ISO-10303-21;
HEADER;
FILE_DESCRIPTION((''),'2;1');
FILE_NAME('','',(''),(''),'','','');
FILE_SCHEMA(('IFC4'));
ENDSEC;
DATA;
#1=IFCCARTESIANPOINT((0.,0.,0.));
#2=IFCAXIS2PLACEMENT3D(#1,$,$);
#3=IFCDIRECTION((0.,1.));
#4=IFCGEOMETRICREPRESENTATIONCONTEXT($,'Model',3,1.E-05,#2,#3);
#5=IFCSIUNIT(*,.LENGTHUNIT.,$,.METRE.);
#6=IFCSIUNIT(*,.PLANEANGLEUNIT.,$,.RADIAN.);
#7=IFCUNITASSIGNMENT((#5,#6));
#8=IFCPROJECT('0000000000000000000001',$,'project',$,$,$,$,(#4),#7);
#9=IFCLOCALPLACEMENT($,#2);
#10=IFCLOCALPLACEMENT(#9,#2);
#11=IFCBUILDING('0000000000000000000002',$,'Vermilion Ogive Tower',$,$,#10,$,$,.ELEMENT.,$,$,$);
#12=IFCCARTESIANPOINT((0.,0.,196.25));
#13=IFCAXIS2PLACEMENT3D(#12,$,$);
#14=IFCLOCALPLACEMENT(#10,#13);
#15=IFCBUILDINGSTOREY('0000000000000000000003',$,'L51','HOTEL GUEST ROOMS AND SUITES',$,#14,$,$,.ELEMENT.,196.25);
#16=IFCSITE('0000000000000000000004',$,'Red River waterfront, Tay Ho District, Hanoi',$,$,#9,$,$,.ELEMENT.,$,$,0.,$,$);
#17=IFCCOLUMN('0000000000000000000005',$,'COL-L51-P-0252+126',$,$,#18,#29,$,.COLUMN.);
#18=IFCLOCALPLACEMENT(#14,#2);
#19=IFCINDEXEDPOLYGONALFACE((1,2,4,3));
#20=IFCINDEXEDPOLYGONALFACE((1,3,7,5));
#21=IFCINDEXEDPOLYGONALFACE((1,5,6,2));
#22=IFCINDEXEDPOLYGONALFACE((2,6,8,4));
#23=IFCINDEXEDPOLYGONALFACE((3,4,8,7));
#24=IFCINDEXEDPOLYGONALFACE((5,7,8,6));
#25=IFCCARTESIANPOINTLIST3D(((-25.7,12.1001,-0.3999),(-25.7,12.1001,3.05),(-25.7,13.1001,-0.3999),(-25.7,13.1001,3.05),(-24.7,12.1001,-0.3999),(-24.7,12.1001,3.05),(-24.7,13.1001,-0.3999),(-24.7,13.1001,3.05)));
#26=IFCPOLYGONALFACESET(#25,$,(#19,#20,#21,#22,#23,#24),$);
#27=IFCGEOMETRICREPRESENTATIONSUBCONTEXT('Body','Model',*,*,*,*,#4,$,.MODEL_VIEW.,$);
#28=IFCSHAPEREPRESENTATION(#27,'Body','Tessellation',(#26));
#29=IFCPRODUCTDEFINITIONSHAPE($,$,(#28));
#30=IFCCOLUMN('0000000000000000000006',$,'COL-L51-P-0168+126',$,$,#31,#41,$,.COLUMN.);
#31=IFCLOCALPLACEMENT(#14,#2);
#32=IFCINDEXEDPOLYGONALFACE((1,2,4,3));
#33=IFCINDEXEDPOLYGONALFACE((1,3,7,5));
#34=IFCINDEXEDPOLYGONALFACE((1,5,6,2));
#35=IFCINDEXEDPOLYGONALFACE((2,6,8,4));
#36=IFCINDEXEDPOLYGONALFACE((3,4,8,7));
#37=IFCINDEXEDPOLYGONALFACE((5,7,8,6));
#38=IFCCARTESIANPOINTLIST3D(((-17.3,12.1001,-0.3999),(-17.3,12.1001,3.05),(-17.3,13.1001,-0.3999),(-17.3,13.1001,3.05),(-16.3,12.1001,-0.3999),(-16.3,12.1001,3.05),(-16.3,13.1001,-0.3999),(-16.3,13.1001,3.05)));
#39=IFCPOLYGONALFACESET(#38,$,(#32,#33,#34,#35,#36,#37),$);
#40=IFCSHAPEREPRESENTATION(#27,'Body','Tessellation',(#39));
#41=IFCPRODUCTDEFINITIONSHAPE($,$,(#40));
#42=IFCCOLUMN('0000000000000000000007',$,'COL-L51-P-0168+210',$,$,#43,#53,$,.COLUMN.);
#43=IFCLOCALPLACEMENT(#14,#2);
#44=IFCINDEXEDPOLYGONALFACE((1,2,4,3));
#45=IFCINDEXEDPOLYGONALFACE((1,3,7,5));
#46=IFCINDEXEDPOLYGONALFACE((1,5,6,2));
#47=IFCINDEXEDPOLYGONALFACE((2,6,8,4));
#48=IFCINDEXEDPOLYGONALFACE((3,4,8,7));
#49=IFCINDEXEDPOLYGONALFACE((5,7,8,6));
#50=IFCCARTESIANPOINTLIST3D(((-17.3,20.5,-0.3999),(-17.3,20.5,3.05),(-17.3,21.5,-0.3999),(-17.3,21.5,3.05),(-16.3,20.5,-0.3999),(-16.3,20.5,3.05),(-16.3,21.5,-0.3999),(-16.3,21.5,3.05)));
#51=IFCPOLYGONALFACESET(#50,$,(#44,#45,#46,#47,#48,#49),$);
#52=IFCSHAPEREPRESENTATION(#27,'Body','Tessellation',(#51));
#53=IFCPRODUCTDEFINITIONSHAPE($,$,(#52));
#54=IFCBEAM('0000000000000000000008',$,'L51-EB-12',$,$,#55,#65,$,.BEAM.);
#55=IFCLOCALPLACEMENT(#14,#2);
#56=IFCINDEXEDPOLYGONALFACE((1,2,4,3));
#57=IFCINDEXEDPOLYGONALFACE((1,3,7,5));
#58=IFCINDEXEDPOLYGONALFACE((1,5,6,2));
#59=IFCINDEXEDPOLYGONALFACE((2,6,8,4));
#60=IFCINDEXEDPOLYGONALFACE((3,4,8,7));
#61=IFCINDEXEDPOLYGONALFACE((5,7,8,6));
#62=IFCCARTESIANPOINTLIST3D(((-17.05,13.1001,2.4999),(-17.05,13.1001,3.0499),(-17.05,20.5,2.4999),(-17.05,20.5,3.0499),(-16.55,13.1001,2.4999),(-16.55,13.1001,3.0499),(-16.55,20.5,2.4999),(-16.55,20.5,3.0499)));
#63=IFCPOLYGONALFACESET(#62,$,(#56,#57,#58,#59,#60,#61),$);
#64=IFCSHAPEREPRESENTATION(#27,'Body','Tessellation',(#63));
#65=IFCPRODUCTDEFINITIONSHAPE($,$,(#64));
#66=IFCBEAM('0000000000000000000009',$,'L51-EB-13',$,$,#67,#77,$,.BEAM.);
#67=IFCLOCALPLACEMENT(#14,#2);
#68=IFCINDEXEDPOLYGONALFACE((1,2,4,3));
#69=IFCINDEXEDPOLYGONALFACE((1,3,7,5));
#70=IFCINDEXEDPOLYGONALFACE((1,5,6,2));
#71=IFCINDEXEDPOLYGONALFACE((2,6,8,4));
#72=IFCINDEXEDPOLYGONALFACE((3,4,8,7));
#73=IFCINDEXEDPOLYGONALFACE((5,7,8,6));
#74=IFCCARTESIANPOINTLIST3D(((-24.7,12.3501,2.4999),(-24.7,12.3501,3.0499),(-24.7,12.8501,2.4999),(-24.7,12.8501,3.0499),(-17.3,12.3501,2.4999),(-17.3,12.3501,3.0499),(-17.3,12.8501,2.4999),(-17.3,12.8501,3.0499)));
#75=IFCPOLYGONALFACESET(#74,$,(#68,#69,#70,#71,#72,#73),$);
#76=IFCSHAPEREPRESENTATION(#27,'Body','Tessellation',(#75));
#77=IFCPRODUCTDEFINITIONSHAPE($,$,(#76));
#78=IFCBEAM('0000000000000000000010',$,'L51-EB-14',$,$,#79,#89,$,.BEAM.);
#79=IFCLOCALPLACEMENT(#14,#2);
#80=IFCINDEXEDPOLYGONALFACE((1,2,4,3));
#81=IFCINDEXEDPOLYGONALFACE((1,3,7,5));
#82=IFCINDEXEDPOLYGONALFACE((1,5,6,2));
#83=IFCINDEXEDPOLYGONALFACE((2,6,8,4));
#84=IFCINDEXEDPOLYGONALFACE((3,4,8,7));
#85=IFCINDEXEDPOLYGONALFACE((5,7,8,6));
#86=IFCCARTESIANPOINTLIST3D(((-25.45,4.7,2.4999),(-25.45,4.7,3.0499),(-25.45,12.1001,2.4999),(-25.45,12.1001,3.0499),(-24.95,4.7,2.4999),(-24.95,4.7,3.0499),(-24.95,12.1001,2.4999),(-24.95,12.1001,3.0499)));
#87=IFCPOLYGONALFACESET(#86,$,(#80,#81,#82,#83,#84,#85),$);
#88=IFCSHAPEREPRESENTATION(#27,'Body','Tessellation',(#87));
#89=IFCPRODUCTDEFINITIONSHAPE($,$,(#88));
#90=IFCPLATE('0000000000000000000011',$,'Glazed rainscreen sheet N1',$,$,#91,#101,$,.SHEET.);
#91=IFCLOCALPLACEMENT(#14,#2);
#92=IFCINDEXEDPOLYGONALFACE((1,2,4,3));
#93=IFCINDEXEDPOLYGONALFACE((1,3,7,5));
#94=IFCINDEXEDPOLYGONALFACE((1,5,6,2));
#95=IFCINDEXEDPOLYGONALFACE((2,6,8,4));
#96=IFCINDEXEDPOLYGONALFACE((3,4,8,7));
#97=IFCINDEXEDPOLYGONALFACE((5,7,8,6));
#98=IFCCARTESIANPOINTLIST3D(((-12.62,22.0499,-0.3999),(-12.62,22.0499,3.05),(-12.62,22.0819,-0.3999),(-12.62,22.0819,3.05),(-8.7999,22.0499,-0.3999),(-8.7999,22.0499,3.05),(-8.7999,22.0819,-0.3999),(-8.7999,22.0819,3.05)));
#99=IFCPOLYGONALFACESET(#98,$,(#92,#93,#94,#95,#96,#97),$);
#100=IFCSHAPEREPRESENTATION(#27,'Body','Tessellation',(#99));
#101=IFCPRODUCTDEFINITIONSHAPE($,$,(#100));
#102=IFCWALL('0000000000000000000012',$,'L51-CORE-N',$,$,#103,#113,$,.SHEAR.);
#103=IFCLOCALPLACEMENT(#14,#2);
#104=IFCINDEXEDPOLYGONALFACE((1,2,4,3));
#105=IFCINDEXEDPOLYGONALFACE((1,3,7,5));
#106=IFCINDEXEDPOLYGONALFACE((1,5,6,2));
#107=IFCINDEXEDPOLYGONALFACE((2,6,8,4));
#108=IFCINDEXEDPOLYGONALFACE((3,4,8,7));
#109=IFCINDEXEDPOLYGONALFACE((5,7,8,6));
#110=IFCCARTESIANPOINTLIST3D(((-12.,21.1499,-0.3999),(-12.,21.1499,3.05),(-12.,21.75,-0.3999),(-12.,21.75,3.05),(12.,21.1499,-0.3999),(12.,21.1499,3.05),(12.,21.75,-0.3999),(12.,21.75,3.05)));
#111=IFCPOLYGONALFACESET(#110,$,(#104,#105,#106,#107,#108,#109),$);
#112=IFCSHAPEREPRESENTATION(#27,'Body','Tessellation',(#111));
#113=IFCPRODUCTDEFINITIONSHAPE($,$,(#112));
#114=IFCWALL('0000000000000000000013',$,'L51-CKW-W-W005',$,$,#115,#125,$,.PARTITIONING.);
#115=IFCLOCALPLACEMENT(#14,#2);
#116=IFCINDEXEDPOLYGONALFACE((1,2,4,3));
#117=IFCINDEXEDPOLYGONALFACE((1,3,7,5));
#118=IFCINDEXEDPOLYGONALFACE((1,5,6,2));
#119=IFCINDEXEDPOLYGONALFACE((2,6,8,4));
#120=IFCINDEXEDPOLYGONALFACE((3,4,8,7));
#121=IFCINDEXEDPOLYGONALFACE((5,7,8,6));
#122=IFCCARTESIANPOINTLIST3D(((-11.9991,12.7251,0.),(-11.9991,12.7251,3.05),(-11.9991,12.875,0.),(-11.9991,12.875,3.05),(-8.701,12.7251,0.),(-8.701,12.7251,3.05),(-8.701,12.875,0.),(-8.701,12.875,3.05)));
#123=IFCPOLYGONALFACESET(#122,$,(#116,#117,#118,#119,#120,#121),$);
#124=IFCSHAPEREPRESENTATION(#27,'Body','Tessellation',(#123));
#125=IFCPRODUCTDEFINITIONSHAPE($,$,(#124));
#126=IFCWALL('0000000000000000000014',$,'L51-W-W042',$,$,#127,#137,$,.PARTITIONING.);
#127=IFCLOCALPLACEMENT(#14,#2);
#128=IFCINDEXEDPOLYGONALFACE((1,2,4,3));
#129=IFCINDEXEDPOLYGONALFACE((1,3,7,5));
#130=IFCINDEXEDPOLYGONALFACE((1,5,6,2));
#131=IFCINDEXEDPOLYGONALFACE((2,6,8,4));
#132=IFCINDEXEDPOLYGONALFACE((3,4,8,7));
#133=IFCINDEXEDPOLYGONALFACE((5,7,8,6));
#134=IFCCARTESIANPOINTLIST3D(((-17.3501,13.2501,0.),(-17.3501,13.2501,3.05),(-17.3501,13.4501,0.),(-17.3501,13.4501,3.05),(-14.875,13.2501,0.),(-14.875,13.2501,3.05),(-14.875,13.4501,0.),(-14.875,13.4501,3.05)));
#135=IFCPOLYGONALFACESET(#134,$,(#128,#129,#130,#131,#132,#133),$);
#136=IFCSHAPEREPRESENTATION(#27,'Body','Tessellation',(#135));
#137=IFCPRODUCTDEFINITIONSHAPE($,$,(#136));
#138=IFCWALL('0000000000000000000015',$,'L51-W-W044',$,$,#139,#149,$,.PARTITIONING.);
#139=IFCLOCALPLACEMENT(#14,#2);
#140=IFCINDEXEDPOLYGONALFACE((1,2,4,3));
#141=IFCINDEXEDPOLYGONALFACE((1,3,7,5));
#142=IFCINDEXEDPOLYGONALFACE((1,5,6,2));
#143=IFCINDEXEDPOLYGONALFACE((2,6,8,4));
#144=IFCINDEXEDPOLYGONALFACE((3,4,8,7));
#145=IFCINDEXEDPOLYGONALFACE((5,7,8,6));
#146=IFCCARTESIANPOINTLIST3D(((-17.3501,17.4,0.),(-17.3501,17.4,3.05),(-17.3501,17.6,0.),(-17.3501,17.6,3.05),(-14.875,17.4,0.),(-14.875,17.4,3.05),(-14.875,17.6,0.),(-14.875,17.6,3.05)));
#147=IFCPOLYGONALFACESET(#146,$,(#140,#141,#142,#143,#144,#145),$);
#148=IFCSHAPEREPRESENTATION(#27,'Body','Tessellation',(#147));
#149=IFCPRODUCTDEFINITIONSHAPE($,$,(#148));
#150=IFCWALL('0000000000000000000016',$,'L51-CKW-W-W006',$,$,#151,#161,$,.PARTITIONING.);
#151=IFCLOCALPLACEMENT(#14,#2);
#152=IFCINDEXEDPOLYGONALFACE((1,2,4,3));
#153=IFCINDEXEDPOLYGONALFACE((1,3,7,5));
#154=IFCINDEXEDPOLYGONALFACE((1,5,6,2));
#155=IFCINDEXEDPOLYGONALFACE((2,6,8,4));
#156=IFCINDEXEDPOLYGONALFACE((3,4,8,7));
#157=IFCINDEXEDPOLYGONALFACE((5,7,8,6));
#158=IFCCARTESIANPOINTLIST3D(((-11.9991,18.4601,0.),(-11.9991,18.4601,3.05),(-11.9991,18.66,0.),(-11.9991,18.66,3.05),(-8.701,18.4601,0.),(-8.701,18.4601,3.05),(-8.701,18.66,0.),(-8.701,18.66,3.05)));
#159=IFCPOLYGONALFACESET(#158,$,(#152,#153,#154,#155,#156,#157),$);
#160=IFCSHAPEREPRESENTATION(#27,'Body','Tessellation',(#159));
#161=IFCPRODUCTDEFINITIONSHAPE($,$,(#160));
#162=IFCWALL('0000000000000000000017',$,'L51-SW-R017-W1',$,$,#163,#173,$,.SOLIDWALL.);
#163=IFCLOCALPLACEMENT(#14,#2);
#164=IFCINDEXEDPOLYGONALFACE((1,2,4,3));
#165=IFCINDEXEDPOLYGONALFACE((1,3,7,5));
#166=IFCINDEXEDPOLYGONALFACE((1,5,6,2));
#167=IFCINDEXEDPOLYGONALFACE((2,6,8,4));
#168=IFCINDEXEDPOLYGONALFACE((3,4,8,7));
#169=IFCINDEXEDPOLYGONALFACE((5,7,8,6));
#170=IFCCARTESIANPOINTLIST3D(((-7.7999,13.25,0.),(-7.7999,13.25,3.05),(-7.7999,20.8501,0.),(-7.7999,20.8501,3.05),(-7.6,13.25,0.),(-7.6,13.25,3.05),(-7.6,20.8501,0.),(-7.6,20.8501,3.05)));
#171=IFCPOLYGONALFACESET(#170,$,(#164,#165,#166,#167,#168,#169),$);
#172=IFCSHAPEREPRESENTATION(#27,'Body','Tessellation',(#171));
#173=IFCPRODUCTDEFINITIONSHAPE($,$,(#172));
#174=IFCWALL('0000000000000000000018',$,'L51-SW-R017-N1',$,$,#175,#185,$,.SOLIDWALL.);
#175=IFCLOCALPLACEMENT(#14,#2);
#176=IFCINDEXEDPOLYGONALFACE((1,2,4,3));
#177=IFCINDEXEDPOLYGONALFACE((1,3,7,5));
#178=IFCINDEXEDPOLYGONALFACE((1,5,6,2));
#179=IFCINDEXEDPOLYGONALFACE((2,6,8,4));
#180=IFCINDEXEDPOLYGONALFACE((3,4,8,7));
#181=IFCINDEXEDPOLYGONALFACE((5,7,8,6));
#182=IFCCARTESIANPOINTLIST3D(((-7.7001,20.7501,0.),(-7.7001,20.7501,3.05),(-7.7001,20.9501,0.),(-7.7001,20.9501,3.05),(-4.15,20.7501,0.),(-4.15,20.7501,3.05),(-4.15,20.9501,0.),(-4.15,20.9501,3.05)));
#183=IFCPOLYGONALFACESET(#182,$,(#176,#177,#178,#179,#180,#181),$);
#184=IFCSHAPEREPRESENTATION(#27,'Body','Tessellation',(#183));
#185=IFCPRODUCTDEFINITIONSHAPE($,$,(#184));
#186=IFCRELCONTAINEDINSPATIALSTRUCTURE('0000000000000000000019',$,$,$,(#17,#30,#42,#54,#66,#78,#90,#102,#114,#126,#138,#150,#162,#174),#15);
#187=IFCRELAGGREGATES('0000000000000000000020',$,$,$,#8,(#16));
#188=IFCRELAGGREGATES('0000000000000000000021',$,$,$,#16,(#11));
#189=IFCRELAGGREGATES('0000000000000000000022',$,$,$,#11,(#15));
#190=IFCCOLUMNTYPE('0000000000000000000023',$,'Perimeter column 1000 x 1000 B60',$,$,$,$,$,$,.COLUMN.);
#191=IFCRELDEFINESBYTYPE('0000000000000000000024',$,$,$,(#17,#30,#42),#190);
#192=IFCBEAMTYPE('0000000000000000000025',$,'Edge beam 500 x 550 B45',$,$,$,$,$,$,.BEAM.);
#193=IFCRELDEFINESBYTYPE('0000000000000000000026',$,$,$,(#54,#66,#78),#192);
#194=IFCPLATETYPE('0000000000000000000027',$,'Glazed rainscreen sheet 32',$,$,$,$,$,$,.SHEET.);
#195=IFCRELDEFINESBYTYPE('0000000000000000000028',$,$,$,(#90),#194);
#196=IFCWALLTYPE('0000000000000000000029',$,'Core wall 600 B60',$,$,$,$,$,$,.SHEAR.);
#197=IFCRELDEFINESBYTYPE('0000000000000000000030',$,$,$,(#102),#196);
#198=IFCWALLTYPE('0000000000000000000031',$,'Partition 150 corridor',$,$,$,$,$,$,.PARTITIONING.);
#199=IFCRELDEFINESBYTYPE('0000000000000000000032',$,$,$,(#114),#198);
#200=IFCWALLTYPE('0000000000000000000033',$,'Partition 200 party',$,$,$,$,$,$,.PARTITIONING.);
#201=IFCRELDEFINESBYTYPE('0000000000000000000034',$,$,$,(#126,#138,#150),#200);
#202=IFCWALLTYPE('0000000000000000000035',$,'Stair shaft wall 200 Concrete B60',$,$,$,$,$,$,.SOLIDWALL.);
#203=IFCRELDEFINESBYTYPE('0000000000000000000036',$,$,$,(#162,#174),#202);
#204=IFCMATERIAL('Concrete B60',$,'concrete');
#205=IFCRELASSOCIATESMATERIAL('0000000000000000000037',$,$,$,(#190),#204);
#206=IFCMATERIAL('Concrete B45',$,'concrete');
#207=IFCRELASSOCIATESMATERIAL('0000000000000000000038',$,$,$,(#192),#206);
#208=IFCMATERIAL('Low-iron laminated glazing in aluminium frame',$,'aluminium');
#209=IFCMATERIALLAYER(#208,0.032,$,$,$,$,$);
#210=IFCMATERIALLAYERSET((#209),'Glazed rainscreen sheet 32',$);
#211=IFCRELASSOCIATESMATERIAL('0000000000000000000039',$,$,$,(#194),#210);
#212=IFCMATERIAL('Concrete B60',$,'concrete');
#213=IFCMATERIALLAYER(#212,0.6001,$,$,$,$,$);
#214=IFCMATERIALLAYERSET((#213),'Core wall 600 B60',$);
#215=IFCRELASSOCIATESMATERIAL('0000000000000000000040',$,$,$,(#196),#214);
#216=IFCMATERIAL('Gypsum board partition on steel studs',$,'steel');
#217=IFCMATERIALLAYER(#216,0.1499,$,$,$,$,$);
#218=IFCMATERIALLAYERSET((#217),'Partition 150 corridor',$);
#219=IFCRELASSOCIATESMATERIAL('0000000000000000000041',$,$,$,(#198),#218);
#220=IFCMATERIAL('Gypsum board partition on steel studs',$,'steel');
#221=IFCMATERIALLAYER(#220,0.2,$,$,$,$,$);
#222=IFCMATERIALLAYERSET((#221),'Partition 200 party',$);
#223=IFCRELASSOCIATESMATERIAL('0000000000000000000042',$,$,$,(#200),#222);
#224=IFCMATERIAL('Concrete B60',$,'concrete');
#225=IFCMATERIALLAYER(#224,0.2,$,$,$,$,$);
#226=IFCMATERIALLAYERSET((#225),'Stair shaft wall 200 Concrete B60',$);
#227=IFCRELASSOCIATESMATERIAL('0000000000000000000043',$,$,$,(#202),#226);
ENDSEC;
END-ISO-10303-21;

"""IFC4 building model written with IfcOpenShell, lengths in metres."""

from ifc_helpers import new_model, si_unit, direction, frame, frame_2d, origin, origin_2d, place, context, subcontext, project, spatial, rectangle, extrude, material, layer, layer_set, material_profile, profile_set, type_object, element, save


model = new_model("IFC4")

# Units and contexts
model_context = context("Model", 3, precision=1e-05, world=origin(), true_north=direction((0.0, 1.0)))
body_context = subcontext(model_context, "Body", "Model", "MODEL_VIEW")
ifc_project = project(units=[si_unit("LENGTHUNIT", "METRE"), si_unit("PLANEANGLEUNIT", "RADIAN")], contexts=[model_context])

# Site, building, storey
site_placement = place(None, origin())
site = spatial("IfcSite", under=ifc_project, at=site_placement, Name="Red River waterfront, Tay Ho District, Hanoi", CompositionType="ELEMENT", RefElevation=0.0)
building_placement = place(site_placement, origin())
building = spatial("IfcBuilding", under=site, at=building_placement, Name="Vermilion Ogive Tower", CompositionType="ELEMENT")
storey_placement = place(building_placement, frame((0.0, 0.0, 196.25)))
storey = spatial("IfcBuildingStorey", under=building, at=storey_placement, Name="L51", Description="HOTEL GUEST ROOMS AND SUITES", CompositionType="ELEMENT", Elevation=196.25)

# Columns
ifc_material_1 = material(Name="Concrete B60", Category="concrete")
ifc_material_profile_1 = material_profile(ifc_material_1, rectangle(XDim=1.0, YDim=1.0, at=origin_2d()), Name="1000 x 1000")
ifc_profile_set_1 = profile_set([ifc_material_profile_1], Name="Concrete B60")
column_type = type_object("IfcColumnType", Name="Perimeter column 1000 x 1000 B60", PredefinedType="COLUMN", material=ifc_profile_set_1)
for number, where, z_axis, x_axis, name in (
    (1, (-25.2, 12.6001, -0.3999), (0.0, 0.0, 1.0), (1.0, 0.0, 0.0), "COL-L51-P-0252+126"),
    (2, (-16.8, 12.6001, -0.3999), (0.0, 0.0, 1.0), (1.0, 0.0, 0.0), "COL-L51-P-0168+126"),
    (3, (-16.8, 21.0, -0.3999), (0.0, 0.0, 1.0), (1.0, 0.0, 0.0), "COL-L51-P-0168+210"),
):
    element("IfcColumn", number, at=place(storey_placement, frame(where, z_axis=z_axis, x_axis=x_axis)), inside=storey, type_object=column_type, Name=name, PredefinedType="COLUMN", context=body_context, shape_type="SweptSolid", body=[
        extrude(rectangle(XDim=1.0, YDim=1.0, at=origin_2d()), origin(), (0.0, 0.0, 1.0), 3.45),
    ])

# Beams
ifc_material_2 = material(Name="Concrete B45", Category="concrete")
ifc_material_profile_2 = material_profile(ifc_material_2, rectangle(XDim=0.5, YDim=0.55, at=origin_2d()), Name="500 x 550")
ifc_profile_set_2 = profile_set([ifc_material_profile_2], Name="Concrete B45")
beam_type = type_object("IfcBeamType", Name="Edge beam 500 x 550 B45", PredefinedType="BEAM", material=ifc_profile_set_2)
for number, where, z_axis, x_axis, name in (
    (4, (-16.8, 20.5, 2.7749), (0.0, -1.0, 0.0), (1.0, 0.0, 0.0), "L51-EB-12"),
    (5, (-17.3, 12.6001, 2.7749), (-1.0, 0.0, 0.0), (0.0, -1.0, 0.0), "L51-EB-13"),
):
    element("IfcBeam", number, at=place(storey_placement, frame(where, z_axis=z_axis, x_axis=x_axis)), inside=storey, type_object=beam_type, Name=name, PredefinedType="BEAM", context=body_context, shape_type="SweptSolid", body=[
        extrude(rectangle(XDim=0.5, YDim=0.55, at=origin_2d()), origin(), (0.0, 0.0, 1.0), 7.3999),
    ])
beam_placement = place(storey_placement, frame((-25.2, 12.1001, 2.7749), z_axis=(0.0, -1.0, 0.0), x_axis=(1.0, 0.0, 0.0)))
element("IfcBeam", 6, at=beam_placement, inside=storey, type_object=beam_type, Name="L51-EB-14", PredefinedType="BEAM", context=body_context, shape_type="SweptSolid", body=[
    extrude(rectangle(XDim=0.5, YDim=0.55, at=origin_2d()), origin(), (0.0, 0.0, 1.0), 7.4001),
])

# Plate
ifc_material_3 = material(Name="Low-iron laminated glazing in aluminium frame", Category="aluminium")
ifc_layer_1 = layer(ifc_material_3, 0.032)
ifc_layer_set_1 = layer_set([ifc_layer_1], Name="Glazed rainscreen sheet 32")
plate_type = type_object("IfcPlateType", Name="Glazed rainscreen sheet 32", PredefinedType="SHEET", material=ifc_layer_set_1)
plate_placement = place(storey_placement, frame((-10.71, 22.0659, -0.3999), z_axis=(0.0, 0.0, 1.0), x_axis=(1.0, 0.0, 0.0)))
element("IfcPlate", 7, at=plate_placement, inside=storey, type_object=plate_type, Name="Glazed rainscreen sheet N1", PredefinedType="SHEET", context=body_context, shape_type="SweptSolid", body=[
    extrude(rectangle(XDim=3.8201, YDim=0.032, at=origin_2d()), origin(), (0.0, 0.0, 1.0), 3.45),
])

# Walls
ifc_material_4 = material(Name="Concrete B60", Category="concrete")
ifc_layer_2 = layer(ifc_material_4, 0.6001)
ifc_layer_set_2 = layer_set([ifc_layer_2], Name="Core wall 600 B60")
wall_type_1 = type_object("IfcWallType", Name="Core wall 600 B60", PredefinedType="SHEAR", material=ifc_layer_set_2)
wall_1_placement = place(storey_placement, frame((-12.0, 21.45, -0.3999), z_axis=(0.0, 0.0, 1.0), x_axis=(1.0, 0.0, 0.0)))
element("IfcWall", 8, at=wall_1_placement, inside=storey, type_object=wall_type_1, Name="L51-CORE-N", PredefinedType="SHEAR", context=body_context, shape_type="SweptSolid", body=[
    extrude(rectangle(XDim=24.0, YDim=0.6001, at=frame_2d((12.0, 0.0))), origin(), (0.0, 0.0, 1.0), 3.45),
])
ifc_material_5 = material(Name="Gypsum board partition on steel studs", Category="steel")
ifc_layer_3 = layer(ifc_material_5, 0.1499)
ifc_layer_set_3 = layer_set([ifc_layer_3], Name="Partition 150 corridor")
wall_type_2 = type_object("IfcWallType", Name="Partition 150 corridor", PredefinedType="PARTITIONING", material=ifc_layer_set_3)
wall_2_placement = place(storey_placement, frame((-11.999, 12.8, 0.0), z_axis=(0.0, 0.0, 1.0), x_axis=(1.0, 0.0, 0.0)))
element("IfcWall", 9, at=wall_2_placement, inside=storey, type_object=wall_type_2, Name="L51-CKW-W-W005", PredefinedType="PARTITIONING", context=body_context, shape_type="SweptSolid", body=[
    extrude(rectangle(XDim=3.2981, YDim=0.1499, at=frame_2d((1.6489, 0.0))), origin(), (0.0, 0.0, 1.0), 3.05),
])
ifc_material_6 = material(Name="Gypsum board partition on steel studs", Category="steel")
ifc_layer_4 = layer(ifc_material_6, 0.2)
ifc_layer_set_4 = layer_set([ifc_layer_4], Name="Partition 200 party")
wall_type_3 = type_object("IfcWallType", Name="Partition 200 party", PredefinedType="PARTITIONING", material=ifc_layer_set_4)
for number, where, z_axis, x_axis, name in (
    (10, (-17.3501, 13.3501, 0.0), (0.0, 0.0, 1.0), (1.0, 0.0, 0.0), "L51-W-W042"),
    (11, (-17.3501, 17.5, 0.0), (0.0, 0.0, 1.0), (1.0, 0.0, 0.0), "L51-W-W044"),
):
    element("IfcWall", number, at=place(storey_placement, frame(where, z_axis=z_axis, x_axis=x_axis)), inside=storey, type_object=wall_type_3, Name=name, PredefinedType="PARTITIONING", context=body_context, shape_type="SweptSolid", body=[
        extrude(rectangle(XDim=2.4751, YDim=0.2, at=frame_2d((1.2375, 0.0))), origin(), (0.0, 0.0, 1.0), 3.05),
    ])
wall_3_placement = place(storey_placement, frame((-11.999, 18.5601, 0.0), z_axis=(0.0, 0.0, 1.0), x_axis=(1.0, 0.0, 0.0)))
element("IfcWall", 12, at=wall_3_placement, inside=storey, type_object=wall_type_3, Name="L51-CKW-W-W006", PredefinedType="PARTITIONING", context=body_context, shape_type="SweptSolid", body=[
    extrude(rectangle(XDim=3.2981, YDim=0.2, at=frame_2d((1.6489, 0.0))), origin(), (0.0, 0.0, 1.0), 3.05),
])
ifc_material_7 = material(Name="Concrete B60", Category="concrete")
ifc_layer_5 = layer(ifc_material_7, 0.2)
ifc_layer_set_5 = layer_set([ifc_layer_5], Name="Stair shaft wall 200 Concrete B60")
wall_type_4 = type_object("IfcWallType", Name="Stair shaft wall 200 Concrete B60", PredefinedType="SOLIDWALL", material=ifc_layer_set_5)
wall_4_placement = place(storey_placement, frame((-7.7, 13.25, 0.0), z_axis=(0.0, 0.0, 1.0), x_axis=(0.0, 1.0, 0.0)))
element("IfcWall", 13, at=wall_4_placement, inside=storey, type_object=wall_type_4, Name="L51-SW-R017-W1", PredefinedType="SOLIDWALL", context=body_context, shape_type="SweptSolid", body=[
    extrude(rectangle(XDim=7.6001, YDim=0.2, at=frame_2d((3.8, 0.0))), origin(), (0.0, 0.0, 1.0), 3.05),
])
wall_5_placement = place(storey_placement, frame((-7.7, 20.8501, 0.0), z_axis=(0.0, 0.0, 1.0), x_axis=(1.0, 0.0, 0.0)))
element("IfcWall", 14, at=wall_5_placement, inside=storey, type_object=wall_type_4, Name="L51-SW-R017-N1", PredefinedType="SOLIDWALL", context=body_context, shape_type="SweptSolid", body=[
    extrude(rectangle(XDim=3.55, YDim=0.2, at=frame_2d((1.7749, 0.0))), origin(), (0.0, 0.0, 1.0), 3.05),
])

save(model, "model.ifc")
